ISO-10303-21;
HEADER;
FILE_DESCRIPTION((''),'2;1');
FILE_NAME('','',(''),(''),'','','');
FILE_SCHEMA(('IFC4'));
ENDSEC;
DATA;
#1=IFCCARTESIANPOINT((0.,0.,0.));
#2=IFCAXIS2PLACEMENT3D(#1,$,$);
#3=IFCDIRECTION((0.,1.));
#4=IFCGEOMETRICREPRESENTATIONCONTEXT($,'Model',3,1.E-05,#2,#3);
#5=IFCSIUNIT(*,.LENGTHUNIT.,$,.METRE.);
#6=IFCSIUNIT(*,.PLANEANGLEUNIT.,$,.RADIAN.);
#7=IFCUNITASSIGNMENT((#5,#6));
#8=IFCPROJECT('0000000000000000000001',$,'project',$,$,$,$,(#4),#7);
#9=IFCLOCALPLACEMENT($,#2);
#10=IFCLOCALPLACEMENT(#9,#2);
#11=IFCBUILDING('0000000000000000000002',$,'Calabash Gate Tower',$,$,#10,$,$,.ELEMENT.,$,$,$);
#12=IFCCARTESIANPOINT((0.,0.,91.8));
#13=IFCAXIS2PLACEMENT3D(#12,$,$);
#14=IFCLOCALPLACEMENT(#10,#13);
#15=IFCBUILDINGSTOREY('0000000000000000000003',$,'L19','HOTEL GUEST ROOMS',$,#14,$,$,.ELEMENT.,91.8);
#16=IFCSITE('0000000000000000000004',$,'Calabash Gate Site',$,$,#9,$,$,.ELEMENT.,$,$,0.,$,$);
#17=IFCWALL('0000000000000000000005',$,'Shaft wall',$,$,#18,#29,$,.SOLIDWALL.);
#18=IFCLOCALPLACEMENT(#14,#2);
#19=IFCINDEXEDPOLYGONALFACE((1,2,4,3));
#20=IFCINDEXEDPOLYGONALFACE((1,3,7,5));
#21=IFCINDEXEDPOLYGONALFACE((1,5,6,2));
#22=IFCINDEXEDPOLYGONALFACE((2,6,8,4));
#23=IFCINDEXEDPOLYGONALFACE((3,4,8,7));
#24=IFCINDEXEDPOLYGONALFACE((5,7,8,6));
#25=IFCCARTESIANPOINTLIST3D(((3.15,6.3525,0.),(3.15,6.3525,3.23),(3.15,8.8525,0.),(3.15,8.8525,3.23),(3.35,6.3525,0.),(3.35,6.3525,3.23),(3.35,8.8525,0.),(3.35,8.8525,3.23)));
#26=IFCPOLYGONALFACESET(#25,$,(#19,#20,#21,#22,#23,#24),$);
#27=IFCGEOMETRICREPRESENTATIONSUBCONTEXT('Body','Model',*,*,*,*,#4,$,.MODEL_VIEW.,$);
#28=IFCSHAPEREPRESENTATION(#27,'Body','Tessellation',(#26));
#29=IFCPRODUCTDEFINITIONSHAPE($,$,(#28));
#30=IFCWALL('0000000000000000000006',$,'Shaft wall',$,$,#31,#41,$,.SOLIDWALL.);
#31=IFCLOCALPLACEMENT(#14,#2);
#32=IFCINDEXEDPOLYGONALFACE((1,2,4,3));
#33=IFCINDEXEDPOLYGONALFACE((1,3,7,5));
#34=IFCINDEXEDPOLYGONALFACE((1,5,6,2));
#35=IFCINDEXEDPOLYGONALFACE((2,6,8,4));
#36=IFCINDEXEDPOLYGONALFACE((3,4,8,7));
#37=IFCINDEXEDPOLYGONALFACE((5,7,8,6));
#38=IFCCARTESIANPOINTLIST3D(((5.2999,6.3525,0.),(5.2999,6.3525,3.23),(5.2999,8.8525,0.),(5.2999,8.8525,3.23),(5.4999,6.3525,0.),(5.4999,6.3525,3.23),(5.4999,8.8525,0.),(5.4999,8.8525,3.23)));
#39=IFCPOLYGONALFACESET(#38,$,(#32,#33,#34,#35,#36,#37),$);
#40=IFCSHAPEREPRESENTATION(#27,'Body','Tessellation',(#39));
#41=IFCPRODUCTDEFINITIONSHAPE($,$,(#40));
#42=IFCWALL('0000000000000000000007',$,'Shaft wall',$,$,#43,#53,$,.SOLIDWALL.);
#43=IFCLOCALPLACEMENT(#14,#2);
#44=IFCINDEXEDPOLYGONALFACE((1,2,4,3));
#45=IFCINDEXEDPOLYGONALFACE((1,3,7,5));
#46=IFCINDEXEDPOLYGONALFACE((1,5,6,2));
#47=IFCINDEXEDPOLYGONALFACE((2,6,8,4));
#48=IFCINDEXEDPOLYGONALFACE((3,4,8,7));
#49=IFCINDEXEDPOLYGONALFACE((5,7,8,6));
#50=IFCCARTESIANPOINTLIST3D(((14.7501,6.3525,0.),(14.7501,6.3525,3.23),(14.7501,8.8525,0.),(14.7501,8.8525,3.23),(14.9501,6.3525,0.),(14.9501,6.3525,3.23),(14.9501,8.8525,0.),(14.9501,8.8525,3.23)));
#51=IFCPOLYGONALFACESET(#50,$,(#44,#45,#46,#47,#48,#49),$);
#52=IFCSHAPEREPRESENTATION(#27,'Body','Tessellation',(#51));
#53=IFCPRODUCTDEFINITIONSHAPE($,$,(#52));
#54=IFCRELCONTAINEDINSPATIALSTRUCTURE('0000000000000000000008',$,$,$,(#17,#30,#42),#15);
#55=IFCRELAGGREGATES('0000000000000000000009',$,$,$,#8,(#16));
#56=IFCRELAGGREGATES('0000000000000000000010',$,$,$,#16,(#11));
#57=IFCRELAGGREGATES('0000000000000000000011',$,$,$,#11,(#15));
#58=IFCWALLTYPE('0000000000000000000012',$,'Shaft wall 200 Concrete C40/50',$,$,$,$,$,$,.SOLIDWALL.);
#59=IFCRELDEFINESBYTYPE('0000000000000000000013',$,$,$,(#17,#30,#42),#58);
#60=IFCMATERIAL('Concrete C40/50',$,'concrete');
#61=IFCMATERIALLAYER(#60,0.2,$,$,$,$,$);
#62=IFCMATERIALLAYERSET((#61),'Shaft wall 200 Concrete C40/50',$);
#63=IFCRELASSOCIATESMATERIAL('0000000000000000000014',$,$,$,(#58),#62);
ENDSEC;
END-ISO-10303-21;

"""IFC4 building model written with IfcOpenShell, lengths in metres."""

from ifc_helpers import new_model, si_unit, direction, frame, frame_2d, origin, place, context, subcontext, project, spatial, rectangle, extrude, material, layer, layer_set, type_object, element, save


model = new_model("IFC4")

# Units and contexts
model_context = context("Model", 3, precision=1e-05, world=origin(), true_north=direction((0.0, 1.0)))
body_context = subcontext(model_context, "Body", "Model", "MODEL_VIEW")
ifc_project = project(units=[si_unit("LENGTHUNIT", "METRE"), si_unit("PLANEANGLEUNIT", "RADIAN")], contexts=[model_context])

# Site, building, storey
site_placement = place(None, origin())
site = spatial("IfcSite", under=ifc_project, at=site_placement, Name="Calabash Gate Site", CompositionType="ELEMENT", RefElevation=0.0)
building_placement = place(site_placement, origin())
building = spatial("IfcBuilding", under=site, at=building_placement, Name="Calabash Gate Tower", CompositionType="ELEMENT")
storey_placement = place(building_placement, frame((0.0, 0.0, 91.8)))
storey = spatial("IfcBuildingStorey", under=building, at=storey_placement, Name="L19", Description="HOTEL GUEST ROOMS", CompositionType="ELEMENT", Elevation=91.8)

# Walls
ifc_material_1 = material(Name="Concrete C40/50", Category="concrete")
ifc_layer_1 = layer(ifc_material_1, 0.2)
ifc_layer_set_1 = layer_set([ifc_layer_1], Name="Shaft wall 200 Concrete C40/50")
wall_type_1 = type_object("IfcWallType", Name="Shaft wall 200 Concrete C40/50", PredefinedType="SOLIDWALL", material=ifc_layer_set_1)
for number, where, z_axis, x_axis, name in (
    (1, (3.25, 6.3525, 0.0), (0.0, 0.0, 1.0), (0.0, 1.0, 0.0), "Shaft wall"),
    (2, (5.3999, 6.3525, 0.0), (0.0, 0.0, 1.0), (0.0, 1.0, 0.0), "Shaft wall"),
    (3, (14.8501, 6.3525, 0.0), (0.0, 0.0, 1.0), (0.0, 1.0, 0.0), "Shaft wall"),
):
    element("IfcWall", number, at=place(storey_placement, frame(where, z_axis=z_axis, x_axis=x_axis)), inside=storey, type_object=wall_type_1, Name=name, PredefinedType="SOLIDWALL", context=body_context, shape_type="SweptSolid", body=[
        extrude(rectangle(XDim=2.5, YDim=0.2, at=frame_2d((1.25, 0.0))), origin(), (0.0, 0.0, 1.0), 3.23),
    ])

save(model, "model.ifc")
